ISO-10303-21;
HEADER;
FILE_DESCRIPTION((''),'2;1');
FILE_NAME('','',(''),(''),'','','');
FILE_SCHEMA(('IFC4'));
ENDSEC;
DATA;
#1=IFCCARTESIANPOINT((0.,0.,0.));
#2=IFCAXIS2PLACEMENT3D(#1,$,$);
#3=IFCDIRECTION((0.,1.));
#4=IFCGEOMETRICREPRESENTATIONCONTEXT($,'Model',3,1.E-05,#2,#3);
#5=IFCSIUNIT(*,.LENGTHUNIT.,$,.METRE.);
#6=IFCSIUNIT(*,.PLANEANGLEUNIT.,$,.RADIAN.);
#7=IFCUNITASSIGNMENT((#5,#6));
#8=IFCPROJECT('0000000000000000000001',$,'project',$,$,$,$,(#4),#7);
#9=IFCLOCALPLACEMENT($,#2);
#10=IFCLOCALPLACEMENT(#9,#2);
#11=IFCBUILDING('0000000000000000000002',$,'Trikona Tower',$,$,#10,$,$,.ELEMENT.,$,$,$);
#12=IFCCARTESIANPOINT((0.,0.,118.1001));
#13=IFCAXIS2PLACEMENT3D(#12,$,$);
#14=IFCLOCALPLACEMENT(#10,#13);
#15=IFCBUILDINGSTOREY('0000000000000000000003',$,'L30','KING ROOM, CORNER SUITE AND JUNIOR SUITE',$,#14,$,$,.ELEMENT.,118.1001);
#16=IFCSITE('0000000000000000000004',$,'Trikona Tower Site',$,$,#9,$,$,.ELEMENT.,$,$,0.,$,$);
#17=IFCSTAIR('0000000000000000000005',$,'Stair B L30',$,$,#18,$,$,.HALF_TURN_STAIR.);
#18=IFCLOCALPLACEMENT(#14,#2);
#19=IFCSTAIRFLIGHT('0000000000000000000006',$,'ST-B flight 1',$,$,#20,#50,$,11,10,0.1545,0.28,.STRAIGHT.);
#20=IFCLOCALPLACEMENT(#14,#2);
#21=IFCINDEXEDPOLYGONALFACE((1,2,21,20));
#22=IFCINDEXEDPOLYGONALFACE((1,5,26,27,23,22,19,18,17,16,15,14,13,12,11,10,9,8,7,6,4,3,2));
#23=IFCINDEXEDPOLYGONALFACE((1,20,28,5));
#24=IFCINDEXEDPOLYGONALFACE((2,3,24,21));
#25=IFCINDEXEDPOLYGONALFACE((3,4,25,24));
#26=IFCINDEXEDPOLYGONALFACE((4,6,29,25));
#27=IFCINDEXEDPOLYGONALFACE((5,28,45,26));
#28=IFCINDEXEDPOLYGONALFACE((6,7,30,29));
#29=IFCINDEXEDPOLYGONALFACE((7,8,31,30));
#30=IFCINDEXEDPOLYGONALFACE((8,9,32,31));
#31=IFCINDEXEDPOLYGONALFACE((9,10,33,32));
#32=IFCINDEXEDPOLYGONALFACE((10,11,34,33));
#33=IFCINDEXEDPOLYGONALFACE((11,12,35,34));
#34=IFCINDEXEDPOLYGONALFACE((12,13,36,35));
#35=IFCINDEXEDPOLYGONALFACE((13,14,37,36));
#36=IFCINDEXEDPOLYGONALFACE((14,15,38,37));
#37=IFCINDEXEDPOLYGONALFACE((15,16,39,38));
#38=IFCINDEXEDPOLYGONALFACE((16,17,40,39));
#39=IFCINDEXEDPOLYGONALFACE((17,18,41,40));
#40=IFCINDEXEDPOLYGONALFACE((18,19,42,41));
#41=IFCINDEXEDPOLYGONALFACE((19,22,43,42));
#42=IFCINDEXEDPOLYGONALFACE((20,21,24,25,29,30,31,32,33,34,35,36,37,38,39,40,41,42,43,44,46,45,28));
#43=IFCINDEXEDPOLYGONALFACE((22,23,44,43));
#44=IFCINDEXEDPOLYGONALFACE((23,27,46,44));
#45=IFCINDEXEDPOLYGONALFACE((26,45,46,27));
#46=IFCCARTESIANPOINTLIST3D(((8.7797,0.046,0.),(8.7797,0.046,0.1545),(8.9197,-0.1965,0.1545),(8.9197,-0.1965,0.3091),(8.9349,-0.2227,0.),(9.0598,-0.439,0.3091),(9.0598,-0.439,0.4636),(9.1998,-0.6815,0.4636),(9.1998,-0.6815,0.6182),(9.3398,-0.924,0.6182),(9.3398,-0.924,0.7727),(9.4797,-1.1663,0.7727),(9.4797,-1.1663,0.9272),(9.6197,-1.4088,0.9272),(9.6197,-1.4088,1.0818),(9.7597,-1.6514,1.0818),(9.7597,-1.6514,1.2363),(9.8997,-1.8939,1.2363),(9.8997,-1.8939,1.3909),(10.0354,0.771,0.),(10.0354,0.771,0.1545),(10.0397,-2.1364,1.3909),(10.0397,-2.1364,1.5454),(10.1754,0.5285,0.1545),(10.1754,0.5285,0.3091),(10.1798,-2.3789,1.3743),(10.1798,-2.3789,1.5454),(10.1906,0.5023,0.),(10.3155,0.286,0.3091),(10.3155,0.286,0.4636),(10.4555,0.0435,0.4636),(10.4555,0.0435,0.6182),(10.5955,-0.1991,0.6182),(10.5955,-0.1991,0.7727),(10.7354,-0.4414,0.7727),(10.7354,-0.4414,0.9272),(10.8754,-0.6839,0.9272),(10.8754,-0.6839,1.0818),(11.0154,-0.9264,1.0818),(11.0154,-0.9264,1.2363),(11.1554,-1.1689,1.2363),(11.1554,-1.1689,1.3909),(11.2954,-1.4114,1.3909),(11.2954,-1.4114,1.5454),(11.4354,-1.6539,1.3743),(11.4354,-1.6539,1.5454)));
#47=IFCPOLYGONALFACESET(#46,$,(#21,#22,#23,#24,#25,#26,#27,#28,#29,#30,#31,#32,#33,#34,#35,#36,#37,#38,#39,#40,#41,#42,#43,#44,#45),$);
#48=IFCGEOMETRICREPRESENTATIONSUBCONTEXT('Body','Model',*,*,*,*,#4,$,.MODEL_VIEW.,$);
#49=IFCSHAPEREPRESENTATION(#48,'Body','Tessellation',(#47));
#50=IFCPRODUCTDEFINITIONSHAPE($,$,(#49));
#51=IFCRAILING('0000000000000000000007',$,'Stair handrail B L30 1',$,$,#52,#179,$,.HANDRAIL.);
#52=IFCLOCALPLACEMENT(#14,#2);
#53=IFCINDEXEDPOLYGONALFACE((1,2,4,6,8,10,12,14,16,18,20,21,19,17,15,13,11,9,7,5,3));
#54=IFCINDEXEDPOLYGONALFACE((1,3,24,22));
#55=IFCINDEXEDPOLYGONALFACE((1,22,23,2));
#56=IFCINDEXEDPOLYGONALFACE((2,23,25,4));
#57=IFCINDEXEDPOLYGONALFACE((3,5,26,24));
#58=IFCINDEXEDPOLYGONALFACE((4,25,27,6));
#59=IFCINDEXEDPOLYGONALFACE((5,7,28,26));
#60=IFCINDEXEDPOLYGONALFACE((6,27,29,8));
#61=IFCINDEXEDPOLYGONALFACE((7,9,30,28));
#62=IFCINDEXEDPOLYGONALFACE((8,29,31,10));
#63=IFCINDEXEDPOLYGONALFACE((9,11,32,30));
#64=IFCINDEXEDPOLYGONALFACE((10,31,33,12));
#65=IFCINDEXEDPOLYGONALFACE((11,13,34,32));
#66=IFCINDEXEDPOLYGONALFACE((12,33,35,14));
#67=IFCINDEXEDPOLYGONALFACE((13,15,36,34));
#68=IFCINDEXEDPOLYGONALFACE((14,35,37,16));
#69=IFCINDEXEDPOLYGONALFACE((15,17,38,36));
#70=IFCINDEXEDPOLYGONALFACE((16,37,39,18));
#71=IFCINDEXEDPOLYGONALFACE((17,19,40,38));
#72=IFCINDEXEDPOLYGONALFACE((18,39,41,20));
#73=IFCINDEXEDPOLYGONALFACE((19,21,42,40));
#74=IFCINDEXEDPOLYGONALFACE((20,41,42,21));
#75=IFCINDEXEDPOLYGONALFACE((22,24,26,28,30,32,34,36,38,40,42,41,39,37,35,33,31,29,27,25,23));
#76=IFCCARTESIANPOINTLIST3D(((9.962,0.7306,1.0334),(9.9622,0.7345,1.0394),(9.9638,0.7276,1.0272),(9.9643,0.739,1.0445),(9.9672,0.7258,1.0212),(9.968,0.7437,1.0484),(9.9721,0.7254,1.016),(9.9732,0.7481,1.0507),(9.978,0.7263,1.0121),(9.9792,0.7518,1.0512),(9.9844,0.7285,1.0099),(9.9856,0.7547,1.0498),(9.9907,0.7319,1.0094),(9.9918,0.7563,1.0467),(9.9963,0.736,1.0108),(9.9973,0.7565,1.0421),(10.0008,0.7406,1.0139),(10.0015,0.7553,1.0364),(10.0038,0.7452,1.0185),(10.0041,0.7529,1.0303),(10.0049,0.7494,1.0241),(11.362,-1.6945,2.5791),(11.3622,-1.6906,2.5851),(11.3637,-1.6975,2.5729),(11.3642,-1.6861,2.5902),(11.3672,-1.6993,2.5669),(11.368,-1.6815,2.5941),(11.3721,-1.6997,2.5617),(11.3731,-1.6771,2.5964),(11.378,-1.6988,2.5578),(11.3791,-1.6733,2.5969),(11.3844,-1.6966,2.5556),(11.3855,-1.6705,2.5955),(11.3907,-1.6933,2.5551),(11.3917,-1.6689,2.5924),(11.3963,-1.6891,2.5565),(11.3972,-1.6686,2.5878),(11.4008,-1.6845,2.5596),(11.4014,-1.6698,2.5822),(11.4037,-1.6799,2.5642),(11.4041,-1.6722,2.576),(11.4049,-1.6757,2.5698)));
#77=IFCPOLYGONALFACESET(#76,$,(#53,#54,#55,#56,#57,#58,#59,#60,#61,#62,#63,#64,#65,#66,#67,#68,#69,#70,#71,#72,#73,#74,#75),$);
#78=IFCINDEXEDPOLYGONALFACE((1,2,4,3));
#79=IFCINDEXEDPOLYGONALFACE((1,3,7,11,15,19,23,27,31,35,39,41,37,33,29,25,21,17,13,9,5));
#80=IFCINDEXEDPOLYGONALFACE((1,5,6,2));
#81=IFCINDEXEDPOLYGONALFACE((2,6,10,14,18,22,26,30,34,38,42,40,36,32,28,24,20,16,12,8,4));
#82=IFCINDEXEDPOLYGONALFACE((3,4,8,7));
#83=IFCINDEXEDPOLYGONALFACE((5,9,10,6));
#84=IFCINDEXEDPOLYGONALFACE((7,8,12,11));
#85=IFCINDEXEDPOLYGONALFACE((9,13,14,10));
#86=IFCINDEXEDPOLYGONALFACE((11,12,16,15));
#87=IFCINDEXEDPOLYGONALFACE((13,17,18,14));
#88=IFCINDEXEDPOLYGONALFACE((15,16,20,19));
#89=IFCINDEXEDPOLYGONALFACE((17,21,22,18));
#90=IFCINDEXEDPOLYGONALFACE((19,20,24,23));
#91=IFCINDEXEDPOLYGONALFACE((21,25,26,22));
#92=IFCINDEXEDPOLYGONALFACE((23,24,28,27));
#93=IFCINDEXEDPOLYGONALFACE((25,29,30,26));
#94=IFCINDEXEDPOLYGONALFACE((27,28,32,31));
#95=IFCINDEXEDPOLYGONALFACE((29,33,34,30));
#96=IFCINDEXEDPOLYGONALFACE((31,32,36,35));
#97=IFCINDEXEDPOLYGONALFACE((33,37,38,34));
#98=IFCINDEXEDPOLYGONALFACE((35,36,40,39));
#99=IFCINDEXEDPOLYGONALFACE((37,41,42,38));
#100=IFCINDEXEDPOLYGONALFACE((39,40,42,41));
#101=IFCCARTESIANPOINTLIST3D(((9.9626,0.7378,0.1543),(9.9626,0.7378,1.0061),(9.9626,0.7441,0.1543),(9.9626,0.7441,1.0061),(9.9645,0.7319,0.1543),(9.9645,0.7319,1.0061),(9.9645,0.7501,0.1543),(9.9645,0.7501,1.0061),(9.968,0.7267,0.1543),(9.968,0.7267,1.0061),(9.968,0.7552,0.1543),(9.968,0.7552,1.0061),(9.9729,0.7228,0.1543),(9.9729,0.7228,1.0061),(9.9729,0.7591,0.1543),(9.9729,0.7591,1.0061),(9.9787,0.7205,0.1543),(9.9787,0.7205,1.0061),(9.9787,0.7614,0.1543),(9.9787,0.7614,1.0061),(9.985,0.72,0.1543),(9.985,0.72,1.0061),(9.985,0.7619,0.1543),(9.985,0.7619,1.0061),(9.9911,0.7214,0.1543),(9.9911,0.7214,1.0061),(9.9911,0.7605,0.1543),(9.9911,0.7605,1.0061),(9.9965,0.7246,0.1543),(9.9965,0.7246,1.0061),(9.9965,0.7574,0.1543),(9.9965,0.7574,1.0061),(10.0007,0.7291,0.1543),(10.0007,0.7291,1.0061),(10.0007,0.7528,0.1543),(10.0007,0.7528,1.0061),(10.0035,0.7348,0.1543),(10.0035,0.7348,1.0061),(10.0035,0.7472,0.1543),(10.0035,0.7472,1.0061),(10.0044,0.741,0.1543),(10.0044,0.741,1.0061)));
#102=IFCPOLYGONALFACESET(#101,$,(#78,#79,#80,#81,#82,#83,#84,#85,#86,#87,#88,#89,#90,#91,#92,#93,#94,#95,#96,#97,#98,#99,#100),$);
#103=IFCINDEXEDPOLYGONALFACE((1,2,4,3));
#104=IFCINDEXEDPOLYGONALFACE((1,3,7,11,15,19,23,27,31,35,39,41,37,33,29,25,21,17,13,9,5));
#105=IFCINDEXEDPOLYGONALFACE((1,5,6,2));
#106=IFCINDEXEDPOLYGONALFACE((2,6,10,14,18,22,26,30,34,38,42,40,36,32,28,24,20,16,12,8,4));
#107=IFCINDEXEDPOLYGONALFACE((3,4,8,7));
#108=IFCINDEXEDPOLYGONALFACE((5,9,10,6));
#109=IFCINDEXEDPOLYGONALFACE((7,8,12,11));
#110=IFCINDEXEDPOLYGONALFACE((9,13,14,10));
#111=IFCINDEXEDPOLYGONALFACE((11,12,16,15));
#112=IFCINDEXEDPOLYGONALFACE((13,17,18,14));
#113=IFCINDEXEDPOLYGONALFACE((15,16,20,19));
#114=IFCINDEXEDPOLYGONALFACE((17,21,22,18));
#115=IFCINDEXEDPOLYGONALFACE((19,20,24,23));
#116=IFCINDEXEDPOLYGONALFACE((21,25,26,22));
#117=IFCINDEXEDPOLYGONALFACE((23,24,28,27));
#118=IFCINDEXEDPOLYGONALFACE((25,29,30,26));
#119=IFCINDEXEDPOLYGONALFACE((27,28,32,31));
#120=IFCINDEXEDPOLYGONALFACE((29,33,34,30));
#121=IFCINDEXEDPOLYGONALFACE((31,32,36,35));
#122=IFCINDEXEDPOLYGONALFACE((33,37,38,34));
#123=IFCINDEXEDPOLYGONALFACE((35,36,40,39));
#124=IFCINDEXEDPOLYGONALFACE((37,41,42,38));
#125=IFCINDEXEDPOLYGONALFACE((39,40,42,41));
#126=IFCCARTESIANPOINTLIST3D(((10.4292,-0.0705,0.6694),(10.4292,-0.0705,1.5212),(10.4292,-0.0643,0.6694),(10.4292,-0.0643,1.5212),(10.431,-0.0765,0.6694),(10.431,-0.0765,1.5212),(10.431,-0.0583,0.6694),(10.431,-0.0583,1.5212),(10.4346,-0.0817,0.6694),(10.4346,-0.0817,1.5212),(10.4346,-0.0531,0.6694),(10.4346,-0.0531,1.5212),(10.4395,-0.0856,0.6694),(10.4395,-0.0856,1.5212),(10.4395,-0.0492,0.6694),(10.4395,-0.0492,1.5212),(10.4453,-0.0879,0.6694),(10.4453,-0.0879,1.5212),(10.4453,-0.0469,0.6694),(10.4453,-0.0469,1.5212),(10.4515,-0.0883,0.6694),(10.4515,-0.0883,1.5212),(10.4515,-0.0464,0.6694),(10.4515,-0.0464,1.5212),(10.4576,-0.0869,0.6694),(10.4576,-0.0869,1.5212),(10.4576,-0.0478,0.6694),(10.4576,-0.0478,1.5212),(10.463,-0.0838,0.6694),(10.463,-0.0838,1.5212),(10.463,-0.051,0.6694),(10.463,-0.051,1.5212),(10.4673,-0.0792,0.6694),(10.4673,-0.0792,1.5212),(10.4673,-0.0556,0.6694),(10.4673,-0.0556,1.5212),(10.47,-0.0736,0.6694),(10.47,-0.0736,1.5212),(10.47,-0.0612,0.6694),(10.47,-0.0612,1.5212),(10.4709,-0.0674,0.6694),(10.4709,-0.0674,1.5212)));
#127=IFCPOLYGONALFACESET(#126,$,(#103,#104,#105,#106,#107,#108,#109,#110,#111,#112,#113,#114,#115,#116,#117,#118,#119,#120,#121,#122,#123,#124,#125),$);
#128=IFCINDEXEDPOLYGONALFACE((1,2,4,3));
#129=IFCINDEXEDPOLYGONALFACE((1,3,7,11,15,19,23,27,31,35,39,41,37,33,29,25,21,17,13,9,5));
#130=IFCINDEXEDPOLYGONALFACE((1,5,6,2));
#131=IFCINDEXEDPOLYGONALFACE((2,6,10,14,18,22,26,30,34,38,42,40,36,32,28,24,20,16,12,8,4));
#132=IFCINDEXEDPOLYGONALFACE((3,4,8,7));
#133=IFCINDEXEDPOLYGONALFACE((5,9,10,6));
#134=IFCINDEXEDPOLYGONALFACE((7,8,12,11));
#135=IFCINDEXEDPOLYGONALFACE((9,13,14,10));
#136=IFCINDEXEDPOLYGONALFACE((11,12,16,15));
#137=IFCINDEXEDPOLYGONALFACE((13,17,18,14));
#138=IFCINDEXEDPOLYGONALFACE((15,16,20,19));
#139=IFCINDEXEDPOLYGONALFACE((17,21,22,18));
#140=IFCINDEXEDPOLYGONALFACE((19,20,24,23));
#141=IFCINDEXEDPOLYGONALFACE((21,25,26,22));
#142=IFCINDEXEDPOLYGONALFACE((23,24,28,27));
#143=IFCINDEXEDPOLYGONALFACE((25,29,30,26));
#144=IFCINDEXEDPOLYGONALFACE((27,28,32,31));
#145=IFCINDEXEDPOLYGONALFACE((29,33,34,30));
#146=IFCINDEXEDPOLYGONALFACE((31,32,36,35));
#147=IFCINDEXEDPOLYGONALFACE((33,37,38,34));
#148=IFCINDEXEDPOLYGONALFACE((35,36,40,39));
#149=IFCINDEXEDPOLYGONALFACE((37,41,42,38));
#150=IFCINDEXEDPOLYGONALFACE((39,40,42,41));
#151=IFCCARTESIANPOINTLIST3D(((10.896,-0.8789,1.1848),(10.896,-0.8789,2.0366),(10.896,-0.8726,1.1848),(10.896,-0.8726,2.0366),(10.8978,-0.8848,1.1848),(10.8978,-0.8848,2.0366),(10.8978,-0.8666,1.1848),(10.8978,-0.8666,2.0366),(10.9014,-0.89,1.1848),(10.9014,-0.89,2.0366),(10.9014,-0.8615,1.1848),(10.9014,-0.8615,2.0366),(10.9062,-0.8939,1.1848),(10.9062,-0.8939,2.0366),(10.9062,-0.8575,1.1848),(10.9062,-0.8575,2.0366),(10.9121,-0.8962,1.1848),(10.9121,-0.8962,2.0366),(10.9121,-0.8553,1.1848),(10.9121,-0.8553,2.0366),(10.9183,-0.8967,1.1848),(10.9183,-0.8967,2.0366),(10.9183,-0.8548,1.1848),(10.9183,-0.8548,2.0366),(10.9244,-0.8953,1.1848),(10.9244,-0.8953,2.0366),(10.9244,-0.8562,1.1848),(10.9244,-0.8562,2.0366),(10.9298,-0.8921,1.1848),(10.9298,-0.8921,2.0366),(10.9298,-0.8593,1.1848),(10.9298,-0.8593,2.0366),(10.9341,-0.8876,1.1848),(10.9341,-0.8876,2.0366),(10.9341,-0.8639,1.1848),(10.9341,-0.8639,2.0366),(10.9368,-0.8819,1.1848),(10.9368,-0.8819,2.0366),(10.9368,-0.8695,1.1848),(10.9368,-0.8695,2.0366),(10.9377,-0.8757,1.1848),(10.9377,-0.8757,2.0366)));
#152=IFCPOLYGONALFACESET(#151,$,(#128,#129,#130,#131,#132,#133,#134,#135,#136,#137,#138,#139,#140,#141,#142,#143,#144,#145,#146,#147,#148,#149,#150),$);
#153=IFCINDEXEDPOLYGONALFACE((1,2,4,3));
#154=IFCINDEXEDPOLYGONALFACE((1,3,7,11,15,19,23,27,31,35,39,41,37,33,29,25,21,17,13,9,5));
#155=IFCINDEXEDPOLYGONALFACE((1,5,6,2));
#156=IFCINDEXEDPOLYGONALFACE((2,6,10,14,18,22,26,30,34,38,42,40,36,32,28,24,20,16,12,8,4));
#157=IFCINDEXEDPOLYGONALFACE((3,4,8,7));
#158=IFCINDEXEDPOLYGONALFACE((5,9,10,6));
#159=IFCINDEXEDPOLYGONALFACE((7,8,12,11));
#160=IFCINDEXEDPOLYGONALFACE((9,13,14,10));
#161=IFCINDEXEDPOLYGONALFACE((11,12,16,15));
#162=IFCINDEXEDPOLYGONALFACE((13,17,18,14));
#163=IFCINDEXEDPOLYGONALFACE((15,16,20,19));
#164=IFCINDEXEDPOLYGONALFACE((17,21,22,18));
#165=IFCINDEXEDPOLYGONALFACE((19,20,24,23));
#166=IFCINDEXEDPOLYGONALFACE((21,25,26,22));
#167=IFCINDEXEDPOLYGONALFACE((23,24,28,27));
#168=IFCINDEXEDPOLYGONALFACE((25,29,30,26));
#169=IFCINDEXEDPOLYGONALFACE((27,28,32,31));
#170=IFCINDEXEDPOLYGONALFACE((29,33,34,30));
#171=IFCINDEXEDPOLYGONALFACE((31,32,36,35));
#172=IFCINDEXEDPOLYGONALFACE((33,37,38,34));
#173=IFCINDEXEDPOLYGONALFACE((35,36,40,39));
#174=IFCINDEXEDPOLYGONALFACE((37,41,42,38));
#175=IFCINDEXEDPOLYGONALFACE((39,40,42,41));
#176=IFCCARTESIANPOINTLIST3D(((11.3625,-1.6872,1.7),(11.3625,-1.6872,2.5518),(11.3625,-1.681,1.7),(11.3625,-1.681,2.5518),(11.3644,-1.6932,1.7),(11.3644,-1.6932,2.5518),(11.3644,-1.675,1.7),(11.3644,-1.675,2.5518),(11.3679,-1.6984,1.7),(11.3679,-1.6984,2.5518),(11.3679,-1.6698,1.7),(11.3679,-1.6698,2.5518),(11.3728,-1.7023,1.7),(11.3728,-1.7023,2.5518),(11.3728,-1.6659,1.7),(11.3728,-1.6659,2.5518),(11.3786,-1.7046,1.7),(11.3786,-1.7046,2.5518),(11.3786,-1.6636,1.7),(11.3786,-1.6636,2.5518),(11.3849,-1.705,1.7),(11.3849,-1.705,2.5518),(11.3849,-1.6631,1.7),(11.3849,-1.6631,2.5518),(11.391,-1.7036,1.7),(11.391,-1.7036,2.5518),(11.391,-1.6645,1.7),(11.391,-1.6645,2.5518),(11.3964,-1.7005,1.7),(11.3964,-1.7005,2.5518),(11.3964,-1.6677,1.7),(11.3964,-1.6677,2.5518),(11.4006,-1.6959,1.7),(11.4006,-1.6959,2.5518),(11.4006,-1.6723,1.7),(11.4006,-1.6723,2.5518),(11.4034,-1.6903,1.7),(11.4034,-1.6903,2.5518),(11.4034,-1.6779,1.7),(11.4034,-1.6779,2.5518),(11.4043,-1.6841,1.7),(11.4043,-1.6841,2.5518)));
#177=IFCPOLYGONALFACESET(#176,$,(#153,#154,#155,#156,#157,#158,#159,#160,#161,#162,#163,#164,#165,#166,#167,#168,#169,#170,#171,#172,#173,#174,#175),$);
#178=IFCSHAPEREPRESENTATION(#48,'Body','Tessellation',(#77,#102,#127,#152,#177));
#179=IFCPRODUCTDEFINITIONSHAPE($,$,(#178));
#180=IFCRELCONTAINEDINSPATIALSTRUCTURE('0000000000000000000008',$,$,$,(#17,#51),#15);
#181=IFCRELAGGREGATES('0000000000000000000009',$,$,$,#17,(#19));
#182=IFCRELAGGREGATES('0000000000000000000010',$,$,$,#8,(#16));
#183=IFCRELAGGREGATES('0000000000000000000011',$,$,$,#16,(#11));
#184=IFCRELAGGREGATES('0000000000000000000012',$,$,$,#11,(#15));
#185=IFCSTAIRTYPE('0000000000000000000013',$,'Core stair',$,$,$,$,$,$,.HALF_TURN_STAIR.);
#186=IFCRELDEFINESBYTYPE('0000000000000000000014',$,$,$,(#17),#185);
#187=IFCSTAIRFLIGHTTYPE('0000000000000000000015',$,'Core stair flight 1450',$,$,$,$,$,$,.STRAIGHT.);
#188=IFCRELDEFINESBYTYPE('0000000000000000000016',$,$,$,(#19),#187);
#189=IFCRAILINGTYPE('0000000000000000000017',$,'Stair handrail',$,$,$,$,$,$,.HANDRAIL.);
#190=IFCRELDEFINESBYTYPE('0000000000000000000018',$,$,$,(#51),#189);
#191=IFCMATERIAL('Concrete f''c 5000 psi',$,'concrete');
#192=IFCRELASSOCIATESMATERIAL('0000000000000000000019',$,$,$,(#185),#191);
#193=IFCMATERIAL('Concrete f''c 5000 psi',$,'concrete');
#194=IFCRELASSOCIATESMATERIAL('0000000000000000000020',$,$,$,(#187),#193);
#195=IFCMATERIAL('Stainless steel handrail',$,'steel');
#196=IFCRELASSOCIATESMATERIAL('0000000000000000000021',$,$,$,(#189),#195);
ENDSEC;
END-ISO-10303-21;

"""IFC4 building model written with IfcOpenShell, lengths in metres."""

from ifc_helpers import new_model, si_unit, direction, frame, origin, origin_2d, place, context, subcontext, project, spatial, polyline, circle, outline, extrude, material, type_object, element, aggregate, save


model = new_model("IFC4")

# Units and contexts
model_context = context("Model", 3, precision=1e-05, world=origin(), true_north=direction((0.0, 1.0)))
body_context = subcontext(model_context, "Body", "Model", "MODEL_VIEW")
ifc_project = project(units=[si_unit("LENGTHUNIT", "METRE"), si_unit("PLANEANGLEUNIT", "RADIAN")], contexts=[model_context])

# Site, building, storey
site_placement = place(None, origin())
site = spatial("IfcSite", under=ifc_project, at=site_placement, Name="Trikona Tower Site", CompositionType="ELEMENT", RefElevation=0.0)
building_placement = place(site_placement, origin())
building = spatial("IfcBuilding", under=site, at=building_placement, Name="Trikona Tower", CompositionType="ELEMENT")
storey_placement = place(building_placement, frame((0.0, 0.0, 118.1001)))
storey = spatial("IfcBuildingStorey", under=building, at=storey_placement, Name="L30", Description="KING ROOM, CORNER SUITE AND JUNIOR SUITE", CompositionType="ELEMENT", Elevation=118.1001)

# Stair
ifc_material_1 = material(Name="Concrete f'c 5000 psi", Category="concrete")
stair_type = type_object("IfcStairType", Name="Core stair", PredefinedType="HALF_TURN_STAIR", material=ifc_material_1)
stair_1_placement = place(storey_placement, origin())
stair_1 = element("IfcStair", 1, at=stair_1_placement, inside=storey, type_object=stair_type, Name="Stair B L30", PredefinedType="HALF_TURN_STAIR")

# Stair flight
ifc_material_2 = material(Name="Concrete f'c 5000 psi", Category="concrete")
stair_flight_type = type_object("IfcStairFlightType", Name="Core stair flight 1450", PredefinedType="STRAIGHT", material=ifc_material_2)
stair_flight_placement = place(storey_placement, frame((9.4075, 0.4084, 0.0), z_axis=(0.0, 0.0, 1.0), x_axis=(0.5, -0.866025, 0.0)))
stair_flight = element("IfcStairFlight", 2, at=stair_flight_placement, type_object=stair_flight_type, Name="ST-B flight 1", NumberOfRisers=11, NumberOfTreads=10, PredefinedType="STRAIGHT", RiserHeight=0.1545, TreadLength=0.28, context=body_context, shape_type="SweptSolid", body=[
    extrude(outline(polyline([(0.0, 0.0), (0.0, 0.1545), (0.28, 0.1545), (0.28, 0.3091), (0.5601, 0.3091), (0.5601, 0.4636), (0.8401, 0.4636), (0.8401, 0.6182), (1.1201, 0.6182), (1.1201, 0.7727), (1.3999, 0.7727), (1.3999, 0.9272), (1.6799, 0.9272), (1.6799, 1.0818), (1.96, 1.0818), (1.96, 1.2363), (2.24, 1.2363), (2.24, 1.3909), (2.52, 1.3909), (2.52, 1.5454), (2.8, 1.5454), (2.8, 1.7), (2.8, 1.3743), (0.3103, 0.0), (0.0, 0.0)])), frame((0.0, 0.7251, 0.0), z_axis=(0.0, -1.0, 0.0), x_axis=(1.0, 0.0, 0.0)), (0.0, 0.0, 1.0), 1.45),
])
aggregate(stair_1, [stair_flight])

# Railing
ifc_material_3 = material(Name="Stainless steel handrail", Category="steel")
railing_type = type_object("IfcRailingType", Name="Stair handrail", PredefinedType="HANDRAIL", material=ifc_material_3)
railing_placement = place(storey_placement, frame((9.9834, 0.741, 0.1543)))
element("IfcRailing", 3, at=railing_placement, inside=storey, type_object=railing_type, Name="Stair handrail B L30 1", PredefinedType="HANDRAIL", context=body_context, shape_type="SweptSolid", body=[
    extrude(circle(Radius=0.0239, at=origin_2d()), frame((0.0, 0.0, 0.876), z_axis=(0.437691, -0.758212, 0.483262), x_axis=(0.866056, 0.499946, 0.0)), (0.0, 0.0, 1.0), 3.1985),
    extrude(circle(Radius=0.021, at=origin_2d()), origin(), (0.0, 0.0, 1.0), 0.8518),
    extrude(circle(Radius=0.021, at=origin_2d()), frame((0.4666, -0.8083, 0.5151)), (0.0, 0.0, 1.0), 0.8518),
    extrude(circle(Radius=0.021, at=origin_2d()), frame((0.9333, -1.6167, 1.0305)), (0.0, 0.0, 1.0), 0.8518),
    extrude(circle(Radius=0.021, at=origin_2d()), frame((1.3999, -2.425, 1.5457)), (0.0, 0.0, 1.0), 0.8518),
])

save(model, "model.ifc")
